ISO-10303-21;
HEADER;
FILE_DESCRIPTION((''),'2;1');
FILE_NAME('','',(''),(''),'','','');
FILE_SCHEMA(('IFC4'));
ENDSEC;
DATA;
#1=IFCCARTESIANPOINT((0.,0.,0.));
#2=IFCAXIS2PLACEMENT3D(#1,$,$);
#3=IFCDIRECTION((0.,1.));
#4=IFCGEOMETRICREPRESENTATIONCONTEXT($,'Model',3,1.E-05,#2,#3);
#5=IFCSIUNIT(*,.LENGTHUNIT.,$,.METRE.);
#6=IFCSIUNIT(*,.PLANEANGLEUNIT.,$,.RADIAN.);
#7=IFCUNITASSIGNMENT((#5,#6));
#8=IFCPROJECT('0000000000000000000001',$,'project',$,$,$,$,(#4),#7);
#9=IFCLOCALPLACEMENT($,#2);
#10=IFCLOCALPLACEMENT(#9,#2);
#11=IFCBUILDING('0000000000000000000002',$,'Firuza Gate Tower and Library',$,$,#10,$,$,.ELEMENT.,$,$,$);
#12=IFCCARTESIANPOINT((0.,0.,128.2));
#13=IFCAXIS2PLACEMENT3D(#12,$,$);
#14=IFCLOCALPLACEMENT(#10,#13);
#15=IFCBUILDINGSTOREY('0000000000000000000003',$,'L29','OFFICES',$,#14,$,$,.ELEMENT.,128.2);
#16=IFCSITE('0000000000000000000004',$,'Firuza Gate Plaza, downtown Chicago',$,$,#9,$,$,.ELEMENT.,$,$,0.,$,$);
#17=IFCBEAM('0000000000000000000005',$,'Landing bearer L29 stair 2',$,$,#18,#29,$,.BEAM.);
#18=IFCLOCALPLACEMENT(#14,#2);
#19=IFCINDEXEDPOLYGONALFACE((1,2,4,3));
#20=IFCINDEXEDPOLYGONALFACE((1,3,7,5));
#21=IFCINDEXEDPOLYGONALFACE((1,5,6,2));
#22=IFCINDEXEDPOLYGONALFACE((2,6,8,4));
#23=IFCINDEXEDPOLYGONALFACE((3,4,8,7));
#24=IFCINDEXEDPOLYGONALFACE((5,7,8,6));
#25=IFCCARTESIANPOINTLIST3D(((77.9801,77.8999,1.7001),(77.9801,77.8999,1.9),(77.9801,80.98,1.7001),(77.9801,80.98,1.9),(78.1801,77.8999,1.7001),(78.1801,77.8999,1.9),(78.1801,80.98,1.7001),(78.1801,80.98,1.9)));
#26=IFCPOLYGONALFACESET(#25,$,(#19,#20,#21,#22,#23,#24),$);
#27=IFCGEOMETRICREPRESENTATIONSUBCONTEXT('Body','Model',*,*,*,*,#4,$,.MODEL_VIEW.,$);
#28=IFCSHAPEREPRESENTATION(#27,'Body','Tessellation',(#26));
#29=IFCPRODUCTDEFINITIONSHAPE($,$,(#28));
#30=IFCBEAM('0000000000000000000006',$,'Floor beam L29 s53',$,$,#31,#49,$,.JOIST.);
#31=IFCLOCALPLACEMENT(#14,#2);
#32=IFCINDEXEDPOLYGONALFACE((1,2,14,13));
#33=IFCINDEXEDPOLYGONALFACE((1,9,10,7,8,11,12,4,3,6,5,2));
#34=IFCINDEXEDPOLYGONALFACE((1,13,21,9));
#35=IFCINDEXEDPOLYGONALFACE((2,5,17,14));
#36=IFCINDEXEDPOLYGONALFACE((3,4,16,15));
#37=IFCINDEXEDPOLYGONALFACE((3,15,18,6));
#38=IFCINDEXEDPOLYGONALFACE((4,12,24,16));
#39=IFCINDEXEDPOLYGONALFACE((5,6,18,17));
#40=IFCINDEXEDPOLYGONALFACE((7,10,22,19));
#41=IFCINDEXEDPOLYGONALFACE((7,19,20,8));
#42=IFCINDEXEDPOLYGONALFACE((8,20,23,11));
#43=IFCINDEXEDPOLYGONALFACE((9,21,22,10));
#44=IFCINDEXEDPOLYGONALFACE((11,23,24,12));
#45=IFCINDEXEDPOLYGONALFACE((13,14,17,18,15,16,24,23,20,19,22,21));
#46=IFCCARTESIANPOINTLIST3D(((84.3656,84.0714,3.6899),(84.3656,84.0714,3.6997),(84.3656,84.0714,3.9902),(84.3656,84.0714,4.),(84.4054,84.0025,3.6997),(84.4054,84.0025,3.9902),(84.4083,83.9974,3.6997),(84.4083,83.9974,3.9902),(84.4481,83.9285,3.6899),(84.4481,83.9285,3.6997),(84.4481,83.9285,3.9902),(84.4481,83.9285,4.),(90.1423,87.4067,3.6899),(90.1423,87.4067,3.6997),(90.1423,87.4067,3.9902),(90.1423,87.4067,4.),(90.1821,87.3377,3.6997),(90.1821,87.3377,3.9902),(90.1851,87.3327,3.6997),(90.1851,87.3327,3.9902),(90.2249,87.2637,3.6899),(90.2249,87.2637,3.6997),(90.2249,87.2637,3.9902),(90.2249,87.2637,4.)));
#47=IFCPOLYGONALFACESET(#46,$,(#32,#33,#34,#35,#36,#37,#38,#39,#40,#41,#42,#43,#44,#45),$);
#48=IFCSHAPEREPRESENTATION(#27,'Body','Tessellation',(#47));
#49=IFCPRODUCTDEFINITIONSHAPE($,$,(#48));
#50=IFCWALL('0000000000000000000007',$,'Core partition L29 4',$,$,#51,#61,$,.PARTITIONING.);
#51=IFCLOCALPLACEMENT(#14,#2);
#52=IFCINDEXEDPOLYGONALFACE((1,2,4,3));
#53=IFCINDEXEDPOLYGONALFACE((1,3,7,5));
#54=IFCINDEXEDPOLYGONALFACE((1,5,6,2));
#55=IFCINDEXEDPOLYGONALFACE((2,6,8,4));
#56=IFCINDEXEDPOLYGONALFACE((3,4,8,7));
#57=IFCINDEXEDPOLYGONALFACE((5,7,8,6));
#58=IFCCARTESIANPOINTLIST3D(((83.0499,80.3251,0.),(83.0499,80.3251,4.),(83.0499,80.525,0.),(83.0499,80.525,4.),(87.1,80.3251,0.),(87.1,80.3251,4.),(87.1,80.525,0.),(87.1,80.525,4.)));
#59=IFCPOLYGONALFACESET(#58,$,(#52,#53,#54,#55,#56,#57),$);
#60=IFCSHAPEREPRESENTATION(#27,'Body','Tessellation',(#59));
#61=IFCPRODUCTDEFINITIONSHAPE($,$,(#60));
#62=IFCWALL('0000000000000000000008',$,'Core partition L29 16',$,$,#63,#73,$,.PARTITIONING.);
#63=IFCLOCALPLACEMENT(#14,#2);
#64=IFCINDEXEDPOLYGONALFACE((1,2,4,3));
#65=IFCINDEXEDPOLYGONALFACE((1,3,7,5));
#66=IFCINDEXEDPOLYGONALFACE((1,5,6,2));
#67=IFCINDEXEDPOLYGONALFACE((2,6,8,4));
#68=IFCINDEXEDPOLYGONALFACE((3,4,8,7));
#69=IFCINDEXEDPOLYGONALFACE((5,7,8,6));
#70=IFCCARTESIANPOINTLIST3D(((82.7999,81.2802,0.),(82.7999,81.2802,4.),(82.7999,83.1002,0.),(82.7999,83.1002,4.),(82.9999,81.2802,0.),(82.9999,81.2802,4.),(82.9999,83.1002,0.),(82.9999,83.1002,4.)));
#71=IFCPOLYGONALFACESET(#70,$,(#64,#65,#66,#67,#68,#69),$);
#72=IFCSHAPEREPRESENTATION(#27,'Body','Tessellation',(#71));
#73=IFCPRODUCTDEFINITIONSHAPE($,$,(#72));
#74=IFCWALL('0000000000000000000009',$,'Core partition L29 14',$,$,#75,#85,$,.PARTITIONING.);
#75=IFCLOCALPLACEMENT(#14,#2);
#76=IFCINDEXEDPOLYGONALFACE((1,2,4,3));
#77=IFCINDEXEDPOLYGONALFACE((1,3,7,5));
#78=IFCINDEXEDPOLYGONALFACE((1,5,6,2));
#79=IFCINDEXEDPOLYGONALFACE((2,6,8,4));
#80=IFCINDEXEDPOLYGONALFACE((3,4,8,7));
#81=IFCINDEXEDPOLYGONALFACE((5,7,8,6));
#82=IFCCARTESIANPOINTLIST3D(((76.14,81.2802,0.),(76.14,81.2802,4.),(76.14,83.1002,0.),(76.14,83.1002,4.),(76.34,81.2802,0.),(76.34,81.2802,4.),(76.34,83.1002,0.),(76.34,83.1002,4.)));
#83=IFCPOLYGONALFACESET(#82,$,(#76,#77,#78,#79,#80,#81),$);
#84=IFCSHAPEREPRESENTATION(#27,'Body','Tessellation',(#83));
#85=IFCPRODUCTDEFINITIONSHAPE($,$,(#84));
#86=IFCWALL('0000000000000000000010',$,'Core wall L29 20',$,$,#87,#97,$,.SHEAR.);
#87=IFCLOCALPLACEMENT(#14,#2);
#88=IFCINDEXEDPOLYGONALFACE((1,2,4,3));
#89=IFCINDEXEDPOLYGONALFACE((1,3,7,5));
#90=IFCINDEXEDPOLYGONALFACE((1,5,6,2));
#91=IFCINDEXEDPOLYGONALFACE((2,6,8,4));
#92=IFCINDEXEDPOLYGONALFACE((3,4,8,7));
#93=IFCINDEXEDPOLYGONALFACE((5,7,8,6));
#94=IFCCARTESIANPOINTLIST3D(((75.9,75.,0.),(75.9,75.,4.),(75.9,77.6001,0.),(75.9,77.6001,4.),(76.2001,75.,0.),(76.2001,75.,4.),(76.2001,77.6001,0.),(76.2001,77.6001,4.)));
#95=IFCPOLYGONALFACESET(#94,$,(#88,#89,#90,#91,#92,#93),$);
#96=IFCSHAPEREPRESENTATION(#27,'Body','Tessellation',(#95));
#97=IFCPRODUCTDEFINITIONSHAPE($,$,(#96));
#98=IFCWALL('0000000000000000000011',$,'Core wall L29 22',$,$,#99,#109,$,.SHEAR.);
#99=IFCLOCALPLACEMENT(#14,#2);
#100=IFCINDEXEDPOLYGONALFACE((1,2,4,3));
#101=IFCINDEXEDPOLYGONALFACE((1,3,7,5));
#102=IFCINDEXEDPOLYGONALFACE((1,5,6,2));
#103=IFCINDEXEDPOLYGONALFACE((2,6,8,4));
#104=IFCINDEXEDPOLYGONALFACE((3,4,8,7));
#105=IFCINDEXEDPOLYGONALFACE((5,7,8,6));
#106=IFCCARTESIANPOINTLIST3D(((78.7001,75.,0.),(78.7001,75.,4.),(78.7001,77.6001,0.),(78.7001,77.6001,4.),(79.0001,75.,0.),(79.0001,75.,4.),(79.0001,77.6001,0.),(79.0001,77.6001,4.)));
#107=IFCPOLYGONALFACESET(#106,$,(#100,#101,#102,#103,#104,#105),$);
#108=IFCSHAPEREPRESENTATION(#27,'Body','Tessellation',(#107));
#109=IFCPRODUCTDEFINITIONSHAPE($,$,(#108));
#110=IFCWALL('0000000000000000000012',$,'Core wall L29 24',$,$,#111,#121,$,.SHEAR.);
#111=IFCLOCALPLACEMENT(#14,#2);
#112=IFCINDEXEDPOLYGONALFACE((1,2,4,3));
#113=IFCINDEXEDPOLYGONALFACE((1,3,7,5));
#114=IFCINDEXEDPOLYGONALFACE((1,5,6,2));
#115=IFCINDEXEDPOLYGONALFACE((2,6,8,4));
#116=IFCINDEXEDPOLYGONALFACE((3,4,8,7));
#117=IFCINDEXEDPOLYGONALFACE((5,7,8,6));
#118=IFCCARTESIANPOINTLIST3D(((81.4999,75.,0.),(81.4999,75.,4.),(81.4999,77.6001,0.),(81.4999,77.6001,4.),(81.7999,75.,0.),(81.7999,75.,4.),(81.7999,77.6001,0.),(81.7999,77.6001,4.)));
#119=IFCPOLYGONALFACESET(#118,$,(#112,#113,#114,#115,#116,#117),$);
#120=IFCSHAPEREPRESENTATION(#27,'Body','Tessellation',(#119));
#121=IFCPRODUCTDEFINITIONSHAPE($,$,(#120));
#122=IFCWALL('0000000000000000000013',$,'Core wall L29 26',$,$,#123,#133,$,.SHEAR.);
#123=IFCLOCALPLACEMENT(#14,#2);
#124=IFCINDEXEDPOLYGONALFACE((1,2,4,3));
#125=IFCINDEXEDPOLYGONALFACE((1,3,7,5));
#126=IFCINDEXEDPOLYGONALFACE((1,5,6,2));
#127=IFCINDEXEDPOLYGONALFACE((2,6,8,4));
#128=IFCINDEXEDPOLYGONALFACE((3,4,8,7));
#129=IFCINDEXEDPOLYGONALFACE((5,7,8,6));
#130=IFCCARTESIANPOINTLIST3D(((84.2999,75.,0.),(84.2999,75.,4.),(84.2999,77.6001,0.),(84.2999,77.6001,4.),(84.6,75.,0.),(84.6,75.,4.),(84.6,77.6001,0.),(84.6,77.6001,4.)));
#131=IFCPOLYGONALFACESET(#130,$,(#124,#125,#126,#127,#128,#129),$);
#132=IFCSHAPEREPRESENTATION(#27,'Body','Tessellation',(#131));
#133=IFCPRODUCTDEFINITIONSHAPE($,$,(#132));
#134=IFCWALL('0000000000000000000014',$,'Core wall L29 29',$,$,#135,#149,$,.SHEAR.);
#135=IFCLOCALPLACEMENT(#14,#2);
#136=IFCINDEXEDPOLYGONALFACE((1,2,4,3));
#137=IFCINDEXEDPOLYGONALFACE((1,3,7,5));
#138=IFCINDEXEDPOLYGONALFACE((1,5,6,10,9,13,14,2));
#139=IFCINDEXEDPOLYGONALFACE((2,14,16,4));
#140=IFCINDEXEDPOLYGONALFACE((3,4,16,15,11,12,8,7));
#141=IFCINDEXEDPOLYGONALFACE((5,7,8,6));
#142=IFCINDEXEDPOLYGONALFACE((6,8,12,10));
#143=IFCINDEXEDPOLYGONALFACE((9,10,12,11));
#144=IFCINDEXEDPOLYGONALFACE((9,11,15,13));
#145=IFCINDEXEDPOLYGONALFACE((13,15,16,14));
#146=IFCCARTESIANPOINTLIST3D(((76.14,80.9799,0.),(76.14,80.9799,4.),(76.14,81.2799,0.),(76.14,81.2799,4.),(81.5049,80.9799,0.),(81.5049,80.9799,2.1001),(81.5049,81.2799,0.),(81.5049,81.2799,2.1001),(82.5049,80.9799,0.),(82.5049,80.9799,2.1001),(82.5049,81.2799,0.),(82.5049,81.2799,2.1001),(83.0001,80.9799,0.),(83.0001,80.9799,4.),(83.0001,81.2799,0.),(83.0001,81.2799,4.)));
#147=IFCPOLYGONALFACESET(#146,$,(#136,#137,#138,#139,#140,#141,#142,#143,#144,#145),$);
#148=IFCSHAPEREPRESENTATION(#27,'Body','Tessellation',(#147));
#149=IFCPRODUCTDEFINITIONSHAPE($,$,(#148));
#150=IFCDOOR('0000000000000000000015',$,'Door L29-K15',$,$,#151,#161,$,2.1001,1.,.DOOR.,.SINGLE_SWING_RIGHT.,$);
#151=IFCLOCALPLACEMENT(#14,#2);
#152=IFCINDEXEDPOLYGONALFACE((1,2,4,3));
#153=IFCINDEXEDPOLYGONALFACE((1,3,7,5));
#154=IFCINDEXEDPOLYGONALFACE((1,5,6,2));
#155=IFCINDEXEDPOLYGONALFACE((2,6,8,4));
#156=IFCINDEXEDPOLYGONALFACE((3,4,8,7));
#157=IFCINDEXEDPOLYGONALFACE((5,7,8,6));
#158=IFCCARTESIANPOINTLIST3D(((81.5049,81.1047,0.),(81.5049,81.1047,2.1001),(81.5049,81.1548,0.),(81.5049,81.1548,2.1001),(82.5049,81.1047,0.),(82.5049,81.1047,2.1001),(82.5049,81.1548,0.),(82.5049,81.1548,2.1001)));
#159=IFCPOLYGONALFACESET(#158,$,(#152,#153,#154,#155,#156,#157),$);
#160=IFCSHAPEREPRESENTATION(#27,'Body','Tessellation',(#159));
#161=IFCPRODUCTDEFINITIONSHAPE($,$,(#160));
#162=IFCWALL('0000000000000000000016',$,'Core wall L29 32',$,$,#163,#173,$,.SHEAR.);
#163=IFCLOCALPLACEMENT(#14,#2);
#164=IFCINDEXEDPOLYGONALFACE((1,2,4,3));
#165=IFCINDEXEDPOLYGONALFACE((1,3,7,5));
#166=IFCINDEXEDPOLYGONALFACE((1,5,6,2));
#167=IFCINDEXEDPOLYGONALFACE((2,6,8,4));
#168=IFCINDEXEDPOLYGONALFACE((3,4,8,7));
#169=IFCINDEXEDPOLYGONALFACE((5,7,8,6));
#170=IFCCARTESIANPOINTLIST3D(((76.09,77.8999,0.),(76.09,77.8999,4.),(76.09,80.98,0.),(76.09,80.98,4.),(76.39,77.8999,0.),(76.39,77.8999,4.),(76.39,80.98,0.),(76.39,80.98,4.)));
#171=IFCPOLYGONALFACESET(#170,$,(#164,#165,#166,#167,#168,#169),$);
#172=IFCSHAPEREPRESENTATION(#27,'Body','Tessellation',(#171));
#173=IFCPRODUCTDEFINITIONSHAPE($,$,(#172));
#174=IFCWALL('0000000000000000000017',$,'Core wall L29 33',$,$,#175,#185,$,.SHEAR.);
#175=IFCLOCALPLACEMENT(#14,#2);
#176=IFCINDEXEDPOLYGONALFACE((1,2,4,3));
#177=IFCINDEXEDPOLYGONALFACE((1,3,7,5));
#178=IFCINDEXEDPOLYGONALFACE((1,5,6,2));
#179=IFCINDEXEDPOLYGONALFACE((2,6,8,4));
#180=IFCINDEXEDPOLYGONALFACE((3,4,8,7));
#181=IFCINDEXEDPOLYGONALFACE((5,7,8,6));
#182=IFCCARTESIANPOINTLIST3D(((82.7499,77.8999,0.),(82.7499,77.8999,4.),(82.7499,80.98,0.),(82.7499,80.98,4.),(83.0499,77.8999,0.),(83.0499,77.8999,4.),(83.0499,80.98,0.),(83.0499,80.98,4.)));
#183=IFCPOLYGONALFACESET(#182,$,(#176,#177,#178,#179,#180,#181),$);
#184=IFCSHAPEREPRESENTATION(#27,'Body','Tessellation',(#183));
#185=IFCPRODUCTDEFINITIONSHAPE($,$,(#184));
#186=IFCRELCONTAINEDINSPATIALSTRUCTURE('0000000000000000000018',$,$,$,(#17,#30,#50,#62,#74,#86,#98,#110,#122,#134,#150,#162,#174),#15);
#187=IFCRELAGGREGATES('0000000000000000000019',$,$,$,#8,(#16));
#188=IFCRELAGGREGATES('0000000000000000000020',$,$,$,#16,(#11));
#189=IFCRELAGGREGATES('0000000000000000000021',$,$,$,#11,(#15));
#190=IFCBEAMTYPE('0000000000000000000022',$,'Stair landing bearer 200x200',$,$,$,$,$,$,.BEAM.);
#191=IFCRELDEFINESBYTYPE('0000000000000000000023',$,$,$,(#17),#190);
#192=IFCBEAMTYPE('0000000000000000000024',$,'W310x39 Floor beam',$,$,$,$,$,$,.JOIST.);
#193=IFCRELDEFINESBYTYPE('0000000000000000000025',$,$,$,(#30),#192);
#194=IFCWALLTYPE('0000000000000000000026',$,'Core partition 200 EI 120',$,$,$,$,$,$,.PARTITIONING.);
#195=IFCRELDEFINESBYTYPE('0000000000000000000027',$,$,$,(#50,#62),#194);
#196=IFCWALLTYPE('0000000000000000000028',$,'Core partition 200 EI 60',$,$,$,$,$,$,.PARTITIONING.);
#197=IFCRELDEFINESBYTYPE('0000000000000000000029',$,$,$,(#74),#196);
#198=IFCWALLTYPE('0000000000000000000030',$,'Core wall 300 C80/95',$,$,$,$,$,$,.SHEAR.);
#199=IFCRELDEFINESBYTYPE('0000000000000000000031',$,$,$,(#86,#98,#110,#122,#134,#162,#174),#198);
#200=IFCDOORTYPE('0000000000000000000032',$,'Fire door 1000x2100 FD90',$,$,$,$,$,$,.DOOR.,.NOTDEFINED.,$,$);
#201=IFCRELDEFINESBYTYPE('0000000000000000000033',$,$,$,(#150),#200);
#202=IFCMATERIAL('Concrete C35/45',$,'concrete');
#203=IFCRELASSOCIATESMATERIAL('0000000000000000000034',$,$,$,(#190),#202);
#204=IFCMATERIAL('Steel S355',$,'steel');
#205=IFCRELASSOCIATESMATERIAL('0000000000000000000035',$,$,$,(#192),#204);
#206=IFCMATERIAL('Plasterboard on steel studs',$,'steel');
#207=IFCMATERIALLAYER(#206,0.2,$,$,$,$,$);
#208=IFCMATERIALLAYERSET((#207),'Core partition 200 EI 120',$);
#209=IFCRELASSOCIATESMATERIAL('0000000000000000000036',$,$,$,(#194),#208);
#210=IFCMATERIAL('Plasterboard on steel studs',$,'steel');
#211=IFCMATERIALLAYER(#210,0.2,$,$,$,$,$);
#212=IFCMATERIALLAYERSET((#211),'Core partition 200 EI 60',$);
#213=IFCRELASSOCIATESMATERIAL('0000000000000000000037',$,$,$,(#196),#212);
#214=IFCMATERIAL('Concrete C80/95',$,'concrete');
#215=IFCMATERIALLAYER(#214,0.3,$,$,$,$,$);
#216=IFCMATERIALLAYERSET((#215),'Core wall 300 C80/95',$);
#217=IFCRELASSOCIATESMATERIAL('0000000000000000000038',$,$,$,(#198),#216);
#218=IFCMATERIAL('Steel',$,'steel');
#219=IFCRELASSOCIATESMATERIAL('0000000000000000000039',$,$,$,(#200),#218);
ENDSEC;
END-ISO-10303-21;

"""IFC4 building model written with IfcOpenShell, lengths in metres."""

from ifc_helpers import new_model, si_unit, direction, frame, frame_2d, origin, origin_2d, place, context, subcontext, project, spatial, rectangle, i_section, extrude, material, layer, layer_set, material_profile, profile_set, type_object, element, fill, save


model = new_model("IFC4")

# Units and contexts
model_context = context("Model", 3, precision=1e-05, world=origin(), true_north=direction((0.0, 1.0)))
body_context = subcontext(model_context, "Body", "Model", "MODEL_VIEW")
ifc_project = project(units=[si_unit("LENGTHUNIT", "METRE"), si_unit("PLANEANGLEUNIT", "RADIAN")], contexts=[model_context])

# Site, building, storey
site_placement = place(None, origin())
site = spatial("IfcSite", under=ifc_project, at=site_placement, Name="Firuza Gate Plaza, downtown Chicago", CompositionType="ELEMENT", RefElevation=0.0)
building_placement = place(site_placement, origin())
building = spatial("IfcBuilding", under=site, at=building_placement, Name="Firuza Gate Tower and Library", CompositionType="ELEMENT")
storey_placement = place(building_placement, frame((0.0, 0.0, 128.2)))
storey = spatial("IfcBuildingStorey", under=building, at=storey_placement, Name="L29", Description="OFFICES", CompositionType="ELEMENT", Elevation=128.2)

# Beams
ifc_material_1 = material(Name="Concrete C35/45", Category="concrete")
ifc_material_profile_1 = material_profile(ifc_material_1, rectangle(XDim=0.2, YDim=0.2, at=origin_2d()))
ifc_profile_set_1 = profile_set([ifc_material_profile_1], Name="Concrete C35/45")
beam_type_1 = type_object("IfcBeamType", Name="Stair landing bearer 200x200", PredefinedType="BEAM", material=ifc_profile_set_1)
beam_1_placement = place(storey_placement, frame((78.0801, 80.98, 1.8), z_axis=(0.0, -1.0, 0.0), x_axis=(1.0, 0.0, 0.0)))
element("IfcBeam", 1, at=beam_1_placement, inside=storey, type_object=beam_type_1, Name="Landing bearer L29 stair 2", PredefinedType="BEAM", context=body_context, shape_type="SweptSolid", body=[
    extrude(rectangle(XDim=0.2, YDim=0.2, at=origin_2d()), origin(), (0.0, 0.0, 1.0), 3.0801),
])
ifc_material_2 = material(Name="Steel S355", Category="steel")
ifc_material_profile_2 = material_profile(ifc_material_2, i_section(OverallWidth=0.165, OverallDepth=0.3101, WebThickness=0.0059, FlangeThickness=0.0098, at=origin_2d()))
ifc_profile_set_2 = profile_set([ifc_material_profile_2], Name="Steel S355")
beam_type_2 = type_object("IfcBeamType", Name="W310x39 Floor beam", PredefinedType="JOIST", material=ifc_profile_set_2)
beam_2_placement = place(storey_placement, frame((90.1836, 87.3352, 3.845), z_axis=(-0.86602, -0.500009, 0.0), x_axis=(0.500009, -0.86602, 0.0)))
element("IfcBeam", 2, at=beam_2_placement, inside=storey, type_object=beam_type_2, Name="Floor beam L29 s53", PredefinedType="JOIST", context=body_context, shape_type="SweptSolid", body=[
    extrude(i_section(OverallWidth=0.165, OverallDepth=0.3101, WebThickness=0.0059, FlangeThickness=0.0098, at=origin_2d()), origin(), (0.0, 0.0, 1.0), 6.6704),
])

# Walls
ifc_material_3 = material(Name="Plasterboard on steel studs", Category="steel")
ifc_layer_1 = layer(ifc_material_3, 0.2)
ifc_layer_set_1 = layer_set([ifc_layer_1], Name="Core partition 200 EI 120")
wall_type_1 = type_object("IfcWallType", Name="Core partition 200 EI 120", PredefinedType="PARTITIONING", material=ifc_layer_set_1)
wall_1_placement = place(storey_placement, frame((83.05, 80.425, 0.0), z_axis=(0.0, 0.0, 1.0), x_axis=(1.0, 0.0, 0.0)))
element("IfcWall", 3, at=wall_1_placement, inside=storey, type_object=wall_type_1, Name="Core partition L29 4", PredefinedType="PARTITIONING", context=body_context, shape_type="SweptSolid", body=[
    extrude(rectangle(XDim=4.05, YDim=0.2, at=frame_2d((2.0249, 0.0))), origin(), (0.0, 0.0, 1.0), 4.0),
])
wall_2_placement = place(storey_placement, frame((82.8999, 81.28, 0.0), z_axis=(0.0, 0.0, 1.0), x_axis=(0.0, 1.0, 0.0)))
element("IfcWall", 4, at=wall_2_placement, inside=storey, type_object=wall_type_1, Name="Core partition L29 16", PredefinedType="PARTITIONING", context=body_context, shape_type="SweptSolid", body=[
    extrude(rectangle(XDim=1.8201, YDim=0.2, at=frame_2d((0.9102, 0.0))), origin(), (0.0, 0.0, 1.0), 4.0),
])
ifc_material_4 = material(Name="Plasterboard on steel studs", Category="steel")
ifc_layer_2 = layer(ifc_material_4, 0.2)
ifc_layer_set_2 = layer_set([ifc_layer_2], Name="Core partition 200 EI 60")
wall_type_2 = type_object("IfcWallType", Name="Core partition 200 EI 60", PredefinedType="PARTITIONING", material=ifc_layer_set_2)
wall_3_placement = place(storey_placement, frame((76.24, 81.28, 0.0), z_axis=(0.0, 0.0, 1.0), x_axis=(0.0, 1.0, 0.0)))
element("IfcWall", 5, at=wall_3_placement, inside=storey, type_object=wall_type_2, Name="Core partition L29 14", PredefinedType="PARTITIONING", context=body_context, shape_type="SweptSolid", body=[
    extrude(rectangle(XDim=1.8201, YDim=0.2, at=frame_2d((0.9102, 0.0))), origin(), (0.0, 0.0, 1.0), 4.0),
])
ifc_material_5 = material(Name="Concrete C80/95", Category="concrete")
ifc_layer_3 = layer(ifc_material_5, 0.3)
ifc_layer_set_3 = layer_set([ifc_layer_3], Name="Core wall 300 C80/95")
wall_type_3 = type_object("IfcWallType", Name="Core wall 300 C80/95", PredefinedType="SHEAR", material=ifc_layer_set_3)
for number, where, z_axis, x_axis, name in (
    (6, (76.05, 75.0, 0.0), (0.0, 0.0, 1.0), (0.0, 1.0, 0.0), "Core wall L29 20"),
    (7, (78.8501, 75.0, 0.0), (0.0, 0.0, 1.0), (0.0, 1.0, 0.0), "Core wall L29 22"),
    (8, (81.6499, 75.0, 0.0), (0.0, 0.0, 1.0), (0.0, 1.0, 0.0), "Core wall L29 24"),
    (9, (84.45, 75.0, 0.0), (0.0, 0.0, 1.0), (0.0, 1.0, 0.0), "Core wall L29 26"),
):
    element("IfcWall", number, at=place(storey_placement, frame(where, z_axis=z_axis, x_axis=x_axis)), inside=storey, type_object=wall_type_3, Name=name, PredefinedType="SHEAR", context=body_context, shape_type="SweptSolid", body=[
        extrude(rectangle(XDim=2.6001, YDim=0.3, at=frame_2d((1.3, 0.0))), origin(), (0.0, 0.0, 1.0), 4.0),
    ])

# Wall, opening, door
wall_4_placement = place(storey_placement, frame((76.1399, 81.1299, 0.0), z_axis=(0.0, 0.0, 1.0), x_axis=(1.0, 0.0, 0.0)))
wall_4 = element("IfcWall", 10, at=wall_4_placement, inside=storey, type_object=wall_type_3, Name="Core wall L29 29", PredefinedType="SHEAR", context=body_context, shape_type="SweptSolid", body=[
    extrude(rectangle(XDim=6.8601, YDim=0.3, at=frame_2d((3.4302, 0.0))), origin(), (0.0, 0.0, 1.0), 4.0),
])
opening_1_placement = place(wall_4_placement, frame((5.365, 0.0, 0.0)))
opening_1 = element("IfcOpeningElement", 11, at=opening_1_placement, cuts=wall_4, PredefinedType="OPENING", context=body_context, shape_type="SweptSolid", body=[
    extrude(rectangle(XDim=1.0, YDim=2.1001, at=frame_2d((0.5, 1.05))), frame((0.0, 0.1602, 0.0), z_axis=(0.0, -1.0, 0.0), x_axis=(1.0, 0.0, 0.0)), (0.0, 0.0, 1.0), 0.3201),
])
ifc_material_6 = material(Name="Steel", Category="steel")
door_type_1 = type_object("IfcDoorType", Name="Fire door 1000x2100 FD90", OperationType="NOTDEFINED", PredefinedType="DOOR", material=ifc_material_6)
door_1_placement = place(opening_1_placement, origin())
door_1 = element("IfcDoor", 12, at=door_1_placement, inside=storey, type_object=door_type_1, Name="Door L29-K15", OperationType="SINGLE_SWING_RIGHT", OverallHeight=2.1001, OverallWidth=1.0, PredefinedType="DOOR", context=body_context, shape_type="SweptSolid", body=[
    extrude(rectangle(XDim=1.0, YDim=2.1001, at=frame_2d((0.5, 1.05))), frame((0.0, 0.0249, 0.0), z_axis=(0.0, -1.0, 0.0), x_axis=(1.0, 0.0, 0.0)), (0.0, 0.0, 1.0), 0.05),
])
fill(opening_1, door_1)

# Walls
for number, where, z_axis, x_axis, name in (
    (13, (76.24, 77.8999, 0.0), (0.0, 0.0, 1.0), (0.0, 1.0, 0.0), "Core wall L29 32"),
    (14, (82.8999, 77.8999, 0.0), (0.0, 0.0, 1.0), (0.0, 1.0, 0.0), "Core wall L29 33"),
):
    element("IfcWall", number, at=place(storey_placement, frame(where, z_axis=z_axis, x_axis=x_axis)), inside=storey, type_object=wall_type_3, Name=name, PredefinedType="SHEAR", context=body_context, shape_type="SweptSolid", body=[
        extrude(rectangle(XDim=3.0801, YDim=0.3, at=frame_2d((1.54, 0.0))), origin(), (0.0, 0.0, 1.0), 4.0),
    ])

save(model, "model.ifc")
